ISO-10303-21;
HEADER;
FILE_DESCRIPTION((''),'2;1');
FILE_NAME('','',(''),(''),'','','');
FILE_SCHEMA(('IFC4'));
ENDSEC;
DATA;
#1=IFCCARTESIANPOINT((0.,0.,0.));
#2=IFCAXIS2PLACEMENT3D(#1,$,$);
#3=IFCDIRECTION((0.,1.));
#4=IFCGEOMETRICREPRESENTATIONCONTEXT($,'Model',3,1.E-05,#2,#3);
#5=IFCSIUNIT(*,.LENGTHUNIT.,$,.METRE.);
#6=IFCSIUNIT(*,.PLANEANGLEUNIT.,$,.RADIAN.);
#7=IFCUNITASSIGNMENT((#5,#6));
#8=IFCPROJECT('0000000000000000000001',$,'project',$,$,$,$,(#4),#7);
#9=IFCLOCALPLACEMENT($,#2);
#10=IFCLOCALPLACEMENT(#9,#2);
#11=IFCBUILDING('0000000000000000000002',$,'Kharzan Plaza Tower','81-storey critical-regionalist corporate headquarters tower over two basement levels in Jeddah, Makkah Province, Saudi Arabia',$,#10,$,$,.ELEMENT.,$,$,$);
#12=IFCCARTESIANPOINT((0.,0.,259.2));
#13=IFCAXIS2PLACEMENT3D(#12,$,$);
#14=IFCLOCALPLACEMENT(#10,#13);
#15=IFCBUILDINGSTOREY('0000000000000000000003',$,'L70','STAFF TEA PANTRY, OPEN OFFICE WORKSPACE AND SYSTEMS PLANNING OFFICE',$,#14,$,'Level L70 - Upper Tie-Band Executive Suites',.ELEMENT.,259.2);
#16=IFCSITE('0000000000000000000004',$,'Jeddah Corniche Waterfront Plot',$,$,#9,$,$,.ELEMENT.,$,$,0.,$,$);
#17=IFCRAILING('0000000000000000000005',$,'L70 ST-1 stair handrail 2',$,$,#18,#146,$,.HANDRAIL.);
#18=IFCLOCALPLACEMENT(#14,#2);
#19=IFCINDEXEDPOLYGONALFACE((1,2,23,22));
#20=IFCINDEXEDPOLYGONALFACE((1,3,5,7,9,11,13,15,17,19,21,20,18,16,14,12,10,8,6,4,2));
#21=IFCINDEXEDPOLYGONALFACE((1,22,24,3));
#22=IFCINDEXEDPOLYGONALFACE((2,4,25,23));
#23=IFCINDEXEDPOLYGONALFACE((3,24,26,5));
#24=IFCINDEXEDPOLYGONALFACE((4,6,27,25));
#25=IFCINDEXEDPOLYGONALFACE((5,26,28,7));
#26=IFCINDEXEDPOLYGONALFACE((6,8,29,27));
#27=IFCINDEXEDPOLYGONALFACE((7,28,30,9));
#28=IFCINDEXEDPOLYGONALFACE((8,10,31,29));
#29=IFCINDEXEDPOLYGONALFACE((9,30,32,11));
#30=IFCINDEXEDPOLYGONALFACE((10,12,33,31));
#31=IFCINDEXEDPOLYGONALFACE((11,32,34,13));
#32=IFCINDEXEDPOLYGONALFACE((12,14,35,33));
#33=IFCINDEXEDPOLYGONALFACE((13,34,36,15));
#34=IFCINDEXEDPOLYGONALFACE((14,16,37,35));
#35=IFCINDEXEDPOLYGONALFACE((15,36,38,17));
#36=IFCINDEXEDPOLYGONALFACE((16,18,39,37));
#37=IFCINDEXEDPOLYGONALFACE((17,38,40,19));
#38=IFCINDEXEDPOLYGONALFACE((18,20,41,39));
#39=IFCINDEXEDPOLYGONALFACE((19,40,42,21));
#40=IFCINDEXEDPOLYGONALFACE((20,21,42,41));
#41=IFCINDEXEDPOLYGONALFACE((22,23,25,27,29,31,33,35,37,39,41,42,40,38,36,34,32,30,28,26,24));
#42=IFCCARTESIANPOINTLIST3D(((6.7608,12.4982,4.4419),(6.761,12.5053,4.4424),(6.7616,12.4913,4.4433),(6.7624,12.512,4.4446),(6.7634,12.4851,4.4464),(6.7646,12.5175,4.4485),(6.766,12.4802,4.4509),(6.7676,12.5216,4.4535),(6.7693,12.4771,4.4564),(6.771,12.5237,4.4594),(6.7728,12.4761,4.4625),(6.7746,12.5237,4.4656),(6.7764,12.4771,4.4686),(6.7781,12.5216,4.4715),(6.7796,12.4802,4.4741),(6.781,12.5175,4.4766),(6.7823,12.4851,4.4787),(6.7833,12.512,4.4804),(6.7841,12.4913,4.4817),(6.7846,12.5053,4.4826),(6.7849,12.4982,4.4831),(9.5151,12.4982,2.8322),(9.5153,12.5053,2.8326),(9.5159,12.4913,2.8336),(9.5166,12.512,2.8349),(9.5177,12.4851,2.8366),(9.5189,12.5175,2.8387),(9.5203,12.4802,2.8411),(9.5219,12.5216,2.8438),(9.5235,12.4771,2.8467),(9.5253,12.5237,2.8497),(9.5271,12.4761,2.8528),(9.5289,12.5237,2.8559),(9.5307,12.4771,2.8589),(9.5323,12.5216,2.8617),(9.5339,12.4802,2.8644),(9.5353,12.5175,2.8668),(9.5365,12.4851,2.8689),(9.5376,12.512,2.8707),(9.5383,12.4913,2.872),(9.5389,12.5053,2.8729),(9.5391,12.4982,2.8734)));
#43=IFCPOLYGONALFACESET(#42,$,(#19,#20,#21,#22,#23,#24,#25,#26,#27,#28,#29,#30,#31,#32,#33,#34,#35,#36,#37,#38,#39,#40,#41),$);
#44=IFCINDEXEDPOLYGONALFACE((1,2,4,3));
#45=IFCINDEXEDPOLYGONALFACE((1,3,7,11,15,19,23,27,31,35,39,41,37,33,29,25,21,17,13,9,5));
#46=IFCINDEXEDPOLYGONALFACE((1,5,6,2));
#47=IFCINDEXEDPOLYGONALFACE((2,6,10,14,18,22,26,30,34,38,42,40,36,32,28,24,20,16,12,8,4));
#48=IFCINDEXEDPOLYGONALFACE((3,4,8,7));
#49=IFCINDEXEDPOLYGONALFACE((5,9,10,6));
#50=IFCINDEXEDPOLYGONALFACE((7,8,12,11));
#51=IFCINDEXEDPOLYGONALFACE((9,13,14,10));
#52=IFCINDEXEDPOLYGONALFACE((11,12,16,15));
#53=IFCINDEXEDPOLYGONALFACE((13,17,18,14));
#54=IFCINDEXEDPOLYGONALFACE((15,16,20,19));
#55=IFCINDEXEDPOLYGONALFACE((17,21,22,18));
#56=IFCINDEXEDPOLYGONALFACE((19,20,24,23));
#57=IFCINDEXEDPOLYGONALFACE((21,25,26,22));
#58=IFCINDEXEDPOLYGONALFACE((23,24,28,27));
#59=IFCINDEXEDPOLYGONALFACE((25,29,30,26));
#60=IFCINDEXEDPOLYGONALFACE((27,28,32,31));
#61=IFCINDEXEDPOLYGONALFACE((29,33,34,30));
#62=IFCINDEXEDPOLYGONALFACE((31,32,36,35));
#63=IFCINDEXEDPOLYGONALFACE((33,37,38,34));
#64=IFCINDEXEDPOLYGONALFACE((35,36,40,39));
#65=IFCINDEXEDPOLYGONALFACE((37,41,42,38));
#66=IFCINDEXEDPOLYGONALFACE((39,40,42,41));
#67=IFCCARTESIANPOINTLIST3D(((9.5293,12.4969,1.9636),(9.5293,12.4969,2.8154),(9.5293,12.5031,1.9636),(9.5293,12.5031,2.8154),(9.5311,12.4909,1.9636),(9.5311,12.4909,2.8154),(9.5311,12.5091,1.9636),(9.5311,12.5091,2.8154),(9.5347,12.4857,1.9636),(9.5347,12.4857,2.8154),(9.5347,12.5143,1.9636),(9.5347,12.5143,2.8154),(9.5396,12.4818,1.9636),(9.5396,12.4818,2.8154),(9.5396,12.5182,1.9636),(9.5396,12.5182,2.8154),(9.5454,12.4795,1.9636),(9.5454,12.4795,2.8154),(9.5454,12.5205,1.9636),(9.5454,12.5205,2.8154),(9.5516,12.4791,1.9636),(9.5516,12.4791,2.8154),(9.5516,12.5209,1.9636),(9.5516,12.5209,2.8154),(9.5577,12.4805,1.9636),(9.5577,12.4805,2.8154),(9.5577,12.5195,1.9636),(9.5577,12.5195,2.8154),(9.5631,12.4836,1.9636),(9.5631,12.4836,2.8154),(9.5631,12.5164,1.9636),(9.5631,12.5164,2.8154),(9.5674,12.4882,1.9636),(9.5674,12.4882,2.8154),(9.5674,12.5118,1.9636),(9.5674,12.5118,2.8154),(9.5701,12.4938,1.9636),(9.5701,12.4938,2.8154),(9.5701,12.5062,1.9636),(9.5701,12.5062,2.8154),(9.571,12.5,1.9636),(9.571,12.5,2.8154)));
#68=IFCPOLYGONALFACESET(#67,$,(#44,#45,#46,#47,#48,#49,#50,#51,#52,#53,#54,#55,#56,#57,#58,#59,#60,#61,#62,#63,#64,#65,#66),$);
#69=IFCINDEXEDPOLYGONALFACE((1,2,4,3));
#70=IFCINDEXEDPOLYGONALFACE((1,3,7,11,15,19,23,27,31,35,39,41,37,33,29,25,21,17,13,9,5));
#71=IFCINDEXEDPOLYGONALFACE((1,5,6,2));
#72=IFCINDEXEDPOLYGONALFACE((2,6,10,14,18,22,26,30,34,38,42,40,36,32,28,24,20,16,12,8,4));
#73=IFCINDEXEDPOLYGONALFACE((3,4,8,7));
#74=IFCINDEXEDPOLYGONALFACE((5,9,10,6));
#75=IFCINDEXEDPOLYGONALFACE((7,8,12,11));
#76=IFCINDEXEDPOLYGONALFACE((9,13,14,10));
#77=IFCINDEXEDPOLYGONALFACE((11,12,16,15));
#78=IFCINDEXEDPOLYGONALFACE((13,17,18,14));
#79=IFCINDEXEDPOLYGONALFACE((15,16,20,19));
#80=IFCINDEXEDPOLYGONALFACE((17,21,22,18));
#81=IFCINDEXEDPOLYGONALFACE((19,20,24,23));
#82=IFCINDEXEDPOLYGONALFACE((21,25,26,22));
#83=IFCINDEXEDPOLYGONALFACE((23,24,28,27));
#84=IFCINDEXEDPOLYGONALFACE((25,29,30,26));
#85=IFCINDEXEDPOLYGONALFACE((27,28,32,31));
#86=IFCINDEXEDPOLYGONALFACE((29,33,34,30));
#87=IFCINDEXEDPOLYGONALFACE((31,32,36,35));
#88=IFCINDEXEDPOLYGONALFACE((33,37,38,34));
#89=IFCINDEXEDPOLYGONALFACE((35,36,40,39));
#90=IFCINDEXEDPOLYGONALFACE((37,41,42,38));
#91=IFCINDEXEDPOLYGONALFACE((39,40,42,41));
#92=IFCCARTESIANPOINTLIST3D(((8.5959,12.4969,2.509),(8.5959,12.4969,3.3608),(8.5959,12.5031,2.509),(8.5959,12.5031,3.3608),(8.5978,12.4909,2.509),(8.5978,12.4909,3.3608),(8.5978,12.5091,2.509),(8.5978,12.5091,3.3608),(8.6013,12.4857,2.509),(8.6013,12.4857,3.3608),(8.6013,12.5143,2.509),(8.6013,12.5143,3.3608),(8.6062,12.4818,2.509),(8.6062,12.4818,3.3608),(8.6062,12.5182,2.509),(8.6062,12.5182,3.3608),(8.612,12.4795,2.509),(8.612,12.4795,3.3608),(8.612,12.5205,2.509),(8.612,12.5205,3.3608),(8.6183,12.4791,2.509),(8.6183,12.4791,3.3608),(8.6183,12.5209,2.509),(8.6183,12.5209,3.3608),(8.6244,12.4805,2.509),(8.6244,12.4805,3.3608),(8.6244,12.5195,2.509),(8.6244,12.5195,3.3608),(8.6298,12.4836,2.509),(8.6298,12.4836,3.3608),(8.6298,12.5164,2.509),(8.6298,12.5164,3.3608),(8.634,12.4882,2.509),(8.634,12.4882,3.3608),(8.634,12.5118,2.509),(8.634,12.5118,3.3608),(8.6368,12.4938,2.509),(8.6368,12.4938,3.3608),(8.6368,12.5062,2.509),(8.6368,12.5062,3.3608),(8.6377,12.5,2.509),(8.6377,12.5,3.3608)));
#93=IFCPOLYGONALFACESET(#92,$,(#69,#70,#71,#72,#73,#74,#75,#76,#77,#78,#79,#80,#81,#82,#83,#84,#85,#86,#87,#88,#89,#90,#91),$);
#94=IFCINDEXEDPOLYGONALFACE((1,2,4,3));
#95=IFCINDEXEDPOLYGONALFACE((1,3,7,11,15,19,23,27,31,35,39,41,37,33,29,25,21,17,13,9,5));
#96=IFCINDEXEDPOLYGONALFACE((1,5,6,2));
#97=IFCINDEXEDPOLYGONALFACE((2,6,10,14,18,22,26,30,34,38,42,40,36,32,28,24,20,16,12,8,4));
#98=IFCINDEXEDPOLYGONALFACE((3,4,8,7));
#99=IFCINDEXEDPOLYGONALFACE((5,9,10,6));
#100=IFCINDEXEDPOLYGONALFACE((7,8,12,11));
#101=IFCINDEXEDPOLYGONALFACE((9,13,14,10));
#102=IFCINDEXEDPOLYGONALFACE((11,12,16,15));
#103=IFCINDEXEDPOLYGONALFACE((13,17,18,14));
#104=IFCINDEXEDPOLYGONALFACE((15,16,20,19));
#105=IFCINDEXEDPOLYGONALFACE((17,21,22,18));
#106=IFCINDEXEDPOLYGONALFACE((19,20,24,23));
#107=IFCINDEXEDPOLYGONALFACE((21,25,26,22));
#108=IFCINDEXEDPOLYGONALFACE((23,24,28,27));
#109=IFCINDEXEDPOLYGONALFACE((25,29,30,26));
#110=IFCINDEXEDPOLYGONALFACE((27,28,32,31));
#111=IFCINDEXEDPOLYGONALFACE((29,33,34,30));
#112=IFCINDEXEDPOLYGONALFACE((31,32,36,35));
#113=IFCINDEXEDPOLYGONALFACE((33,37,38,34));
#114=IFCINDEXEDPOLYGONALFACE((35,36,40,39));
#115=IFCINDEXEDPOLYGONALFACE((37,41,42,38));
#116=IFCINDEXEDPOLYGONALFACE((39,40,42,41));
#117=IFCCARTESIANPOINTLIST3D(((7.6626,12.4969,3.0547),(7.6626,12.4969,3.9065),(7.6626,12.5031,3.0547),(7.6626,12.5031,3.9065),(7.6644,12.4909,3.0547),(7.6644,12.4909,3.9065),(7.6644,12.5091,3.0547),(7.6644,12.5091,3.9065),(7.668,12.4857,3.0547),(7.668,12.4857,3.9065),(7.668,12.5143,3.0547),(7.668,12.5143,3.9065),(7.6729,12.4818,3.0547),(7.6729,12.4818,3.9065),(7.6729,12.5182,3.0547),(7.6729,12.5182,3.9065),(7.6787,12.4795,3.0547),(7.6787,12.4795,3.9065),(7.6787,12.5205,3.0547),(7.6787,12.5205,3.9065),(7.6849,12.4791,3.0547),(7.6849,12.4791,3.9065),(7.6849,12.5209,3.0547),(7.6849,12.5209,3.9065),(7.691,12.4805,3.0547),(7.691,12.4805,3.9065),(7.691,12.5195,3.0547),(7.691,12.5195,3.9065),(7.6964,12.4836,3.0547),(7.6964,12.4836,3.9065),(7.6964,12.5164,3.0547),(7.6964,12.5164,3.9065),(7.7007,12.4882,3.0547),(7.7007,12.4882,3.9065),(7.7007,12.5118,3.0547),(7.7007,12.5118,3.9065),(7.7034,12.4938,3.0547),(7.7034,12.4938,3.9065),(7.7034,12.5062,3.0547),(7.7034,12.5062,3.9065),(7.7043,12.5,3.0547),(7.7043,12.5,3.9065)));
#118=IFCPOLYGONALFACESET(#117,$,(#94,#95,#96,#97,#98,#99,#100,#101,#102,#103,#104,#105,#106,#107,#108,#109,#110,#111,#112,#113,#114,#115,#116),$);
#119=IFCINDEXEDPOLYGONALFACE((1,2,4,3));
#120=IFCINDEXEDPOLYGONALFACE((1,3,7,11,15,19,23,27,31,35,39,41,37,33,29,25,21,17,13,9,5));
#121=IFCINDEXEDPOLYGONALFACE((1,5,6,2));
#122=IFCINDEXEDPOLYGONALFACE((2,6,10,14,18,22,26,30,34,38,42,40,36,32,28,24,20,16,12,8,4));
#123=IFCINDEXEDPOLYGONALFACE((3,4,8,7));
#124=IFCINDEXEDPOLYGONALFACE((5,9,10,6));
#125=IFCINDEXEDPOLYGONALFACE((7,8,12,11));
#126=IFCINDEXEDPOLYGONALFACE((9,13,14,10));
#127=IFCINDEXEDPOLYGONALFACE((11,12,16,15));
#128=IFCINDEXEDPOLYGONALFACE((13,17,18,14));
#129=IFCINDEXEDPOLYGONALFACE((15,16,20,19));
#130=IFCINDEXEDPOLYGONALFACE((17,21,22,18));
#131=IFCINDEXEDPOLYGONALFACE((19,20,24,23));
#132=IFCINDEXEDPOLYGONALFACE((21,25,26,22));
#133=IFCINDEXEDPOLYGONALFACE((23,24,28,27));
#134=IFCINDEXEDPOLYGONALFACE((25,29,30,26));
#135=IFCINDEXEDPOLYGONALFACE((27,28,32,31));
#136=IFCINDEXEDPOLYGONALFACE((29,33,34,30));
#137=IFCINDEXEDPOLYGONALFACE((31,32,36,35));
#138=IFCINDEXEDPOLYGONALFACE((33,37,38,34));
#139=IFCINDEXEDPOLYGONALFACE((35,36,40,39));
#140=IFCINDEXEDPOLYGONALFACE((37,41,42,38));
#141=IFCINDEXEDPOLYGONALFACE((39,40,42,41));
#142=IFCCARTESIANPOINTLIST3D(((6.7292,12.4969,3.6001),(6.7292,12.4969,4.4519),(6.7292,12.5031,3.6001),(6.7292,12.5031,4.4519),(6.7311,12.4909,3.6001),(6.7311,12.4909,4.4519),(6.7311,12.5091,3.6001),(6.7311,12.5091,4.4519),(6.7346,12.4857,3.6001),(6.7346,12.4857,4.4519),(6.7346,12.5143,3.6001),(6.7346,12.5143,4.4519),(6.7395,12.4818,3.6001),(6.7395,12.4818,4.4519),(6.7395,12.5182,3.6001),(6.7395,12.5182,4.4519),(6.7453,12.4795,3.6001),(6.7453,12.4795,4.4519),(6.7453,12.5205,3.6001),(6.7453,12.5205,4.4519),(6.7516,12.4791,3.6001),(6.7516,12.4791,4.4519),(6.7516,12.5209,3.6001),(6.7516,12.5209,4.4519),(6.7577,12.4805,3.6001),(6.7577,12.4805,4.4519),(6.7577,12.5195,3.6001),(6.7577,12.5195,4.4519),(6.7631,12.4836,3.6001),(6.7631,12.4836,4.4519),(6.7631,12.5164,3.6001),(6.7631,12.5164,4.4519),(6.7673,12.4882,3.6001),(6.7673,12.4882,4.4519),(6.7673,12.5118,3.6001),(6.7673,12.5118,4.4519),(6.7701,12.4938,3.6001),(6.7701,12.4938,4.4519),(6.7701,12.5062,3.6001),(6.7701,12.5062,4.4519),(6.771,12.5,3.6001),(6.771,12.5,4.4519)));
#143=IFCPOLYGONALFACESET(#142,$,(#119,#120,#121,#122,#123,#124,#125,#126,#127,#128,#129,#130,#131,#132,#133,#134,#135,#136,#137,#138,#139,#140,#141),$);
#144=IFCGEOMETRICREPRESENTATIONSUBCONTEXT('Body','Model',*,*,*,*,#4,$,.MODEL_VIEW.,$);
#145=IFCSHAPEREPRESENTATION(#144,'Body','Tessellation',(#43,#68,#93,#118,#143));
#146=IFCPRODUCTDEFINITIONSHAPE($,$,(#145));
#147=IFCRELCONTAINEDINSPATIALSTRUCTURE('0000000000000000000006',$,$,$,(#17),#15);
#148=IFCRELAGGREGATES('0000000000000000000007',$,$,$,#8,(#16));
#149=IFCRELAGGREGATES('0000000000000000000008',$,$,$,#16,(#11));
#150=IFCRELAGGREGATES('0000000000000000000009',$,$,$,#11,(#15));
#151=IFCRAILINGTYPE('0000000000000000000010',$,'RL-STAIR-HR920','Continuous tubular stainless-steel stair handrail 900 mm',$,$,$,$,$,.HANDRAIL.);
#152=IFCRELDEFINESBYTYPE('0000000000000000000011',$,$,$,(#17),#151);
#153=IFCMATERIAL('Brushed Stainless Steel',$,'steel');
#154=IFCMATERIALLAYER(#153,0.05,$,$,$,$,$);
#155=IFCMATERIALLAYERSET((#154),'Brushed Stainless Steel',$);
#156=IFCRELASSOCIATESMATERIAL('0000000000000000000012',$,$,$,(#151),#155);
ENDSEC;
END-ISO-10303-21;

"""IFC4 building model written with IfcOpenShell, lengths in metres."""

from ifc_helpers import new_model, si_unit, direction, frame, origin, origin_2d, place, context, subcontext, project, spatial, circle, extrude, source, transform, mapped, material, layer, layer_set, type_object, element, save


model = new_model("IFC4")

# Units and contexts
model_context = context("Model", 3, precision=1e-05, world=origin(), true_north=direction((0.0, 1.0)))
body_context = subcontext(model_context, "Body", "Model", "MODEL_VIEW")
ifc_project = project(units=[si_unit("LENGTHUNIT", "METRE"), si_unit("PLANEANGLEUNIT", "RADIAN")], contexts=[model_context])

# Site, building, storey
site_placement = place(None, origin())
site = spatial("IfcSite", under=ifc_project, at=site_placement, Name="Jeddah Corniche Waterfront Plot", CompositionType="ELEMENT", RefElevation=0.0)
building_placement = place(site_placement, origin())
building = spatial("IfcBuilding", under=site, at=building_placement, Name="Kharzan Plaza Tower", Description="81-storey critical-regionalist corporate headquarters tower over two basement levels in Jeddah, Makkah Province, Saudi Arabia", CompositionType="ELEMENT")
storey_placement = place(building_placement, frame((0.0, 0.0, 259.2)))
storey = spatial("IfcBuildingStorey", under=building, at=storey_placement, Name="L70", Description="STAFF TEA PANTRY, OPEN OFFICE WORKSPACE AND SYSTEMS PLANNING OFFICE", LongName="Level L70 - Upper Tie-Band Executive Suites", CompositionType="ELEMENT", Elevation=259.2)

# Shared definitions
ifc_material_1 = material(Name="Brushed Stainless Steel", Category="steel")

# Railing
ifc_layer_1 = layer(ifc_material_1, 0.05)
ifc_layer_set_1 = layer_set([ifc_layer_1], Name="Brushed Stainless Steel")
railing_type_1 = type_object("IfcRailingType", Name="RL-STAIR-HR920", Description="Continuous tubular stainless-steel stair handrail 900 mm", PredefinedType="HANDRAIL", material=ifc_layer_set_1)
shared_shape_1 = source(origin(), body_context, "Body", "SweptSolid", [
    extrude(circle(Radius=0.0239, at=origin_2d()), frame((-0.0229, 0.0, 0.8892), z_axis=(-0.863361, 0.0, 0.504587), x_axis=(0.0, -1.0, 0.0)), (0.0, 0.0, 1.0), 3.1902),
    extrude(circle(Radius=0.021, at=origin_2d()), origin(), (0.0, 0.0, 1.0), 0.8518),
    extrude(circle(Radius=0.021, at=origin_2d()), frame((-0.9333, 0.0, 0.5454)), (0.0, 0.0, 1.0), 0.8518),
    extrude(circle(Radius=0.021, at=origin_2d()), frame((-1.8667, 0.0, 1.0911)), (0.0, 0.0, 1.0), 0.8518),
    extrude(circle(Radius=0.021, at=origin_2d()), frame((-2.8, 0.0, 1.6365)), (0.0, 0.0, 1.0), 0.8518),
])
railing_1_placement = place(storey_placement, frame((9.55, 12.5, 1.9636)))
element("IfcRailing", 1, at=railing_1_placement, inside=storey, type_object=railing_type_1, Name="L70 ST-1 stair handrail 2", PredefinedType="HANDRAIL", context=body_context, shape_type="MappedRepresentation", body=[
    mapped(shared_shape_1, transform((0.0, 0.0, 0.0), x_axis=(1.0, 0.0, 0.0), y_axis=(0.0, 1.0, 0.0), z_axis=(0.0, 0.0, 1.0))),
])

save(model, "model.ifc")
